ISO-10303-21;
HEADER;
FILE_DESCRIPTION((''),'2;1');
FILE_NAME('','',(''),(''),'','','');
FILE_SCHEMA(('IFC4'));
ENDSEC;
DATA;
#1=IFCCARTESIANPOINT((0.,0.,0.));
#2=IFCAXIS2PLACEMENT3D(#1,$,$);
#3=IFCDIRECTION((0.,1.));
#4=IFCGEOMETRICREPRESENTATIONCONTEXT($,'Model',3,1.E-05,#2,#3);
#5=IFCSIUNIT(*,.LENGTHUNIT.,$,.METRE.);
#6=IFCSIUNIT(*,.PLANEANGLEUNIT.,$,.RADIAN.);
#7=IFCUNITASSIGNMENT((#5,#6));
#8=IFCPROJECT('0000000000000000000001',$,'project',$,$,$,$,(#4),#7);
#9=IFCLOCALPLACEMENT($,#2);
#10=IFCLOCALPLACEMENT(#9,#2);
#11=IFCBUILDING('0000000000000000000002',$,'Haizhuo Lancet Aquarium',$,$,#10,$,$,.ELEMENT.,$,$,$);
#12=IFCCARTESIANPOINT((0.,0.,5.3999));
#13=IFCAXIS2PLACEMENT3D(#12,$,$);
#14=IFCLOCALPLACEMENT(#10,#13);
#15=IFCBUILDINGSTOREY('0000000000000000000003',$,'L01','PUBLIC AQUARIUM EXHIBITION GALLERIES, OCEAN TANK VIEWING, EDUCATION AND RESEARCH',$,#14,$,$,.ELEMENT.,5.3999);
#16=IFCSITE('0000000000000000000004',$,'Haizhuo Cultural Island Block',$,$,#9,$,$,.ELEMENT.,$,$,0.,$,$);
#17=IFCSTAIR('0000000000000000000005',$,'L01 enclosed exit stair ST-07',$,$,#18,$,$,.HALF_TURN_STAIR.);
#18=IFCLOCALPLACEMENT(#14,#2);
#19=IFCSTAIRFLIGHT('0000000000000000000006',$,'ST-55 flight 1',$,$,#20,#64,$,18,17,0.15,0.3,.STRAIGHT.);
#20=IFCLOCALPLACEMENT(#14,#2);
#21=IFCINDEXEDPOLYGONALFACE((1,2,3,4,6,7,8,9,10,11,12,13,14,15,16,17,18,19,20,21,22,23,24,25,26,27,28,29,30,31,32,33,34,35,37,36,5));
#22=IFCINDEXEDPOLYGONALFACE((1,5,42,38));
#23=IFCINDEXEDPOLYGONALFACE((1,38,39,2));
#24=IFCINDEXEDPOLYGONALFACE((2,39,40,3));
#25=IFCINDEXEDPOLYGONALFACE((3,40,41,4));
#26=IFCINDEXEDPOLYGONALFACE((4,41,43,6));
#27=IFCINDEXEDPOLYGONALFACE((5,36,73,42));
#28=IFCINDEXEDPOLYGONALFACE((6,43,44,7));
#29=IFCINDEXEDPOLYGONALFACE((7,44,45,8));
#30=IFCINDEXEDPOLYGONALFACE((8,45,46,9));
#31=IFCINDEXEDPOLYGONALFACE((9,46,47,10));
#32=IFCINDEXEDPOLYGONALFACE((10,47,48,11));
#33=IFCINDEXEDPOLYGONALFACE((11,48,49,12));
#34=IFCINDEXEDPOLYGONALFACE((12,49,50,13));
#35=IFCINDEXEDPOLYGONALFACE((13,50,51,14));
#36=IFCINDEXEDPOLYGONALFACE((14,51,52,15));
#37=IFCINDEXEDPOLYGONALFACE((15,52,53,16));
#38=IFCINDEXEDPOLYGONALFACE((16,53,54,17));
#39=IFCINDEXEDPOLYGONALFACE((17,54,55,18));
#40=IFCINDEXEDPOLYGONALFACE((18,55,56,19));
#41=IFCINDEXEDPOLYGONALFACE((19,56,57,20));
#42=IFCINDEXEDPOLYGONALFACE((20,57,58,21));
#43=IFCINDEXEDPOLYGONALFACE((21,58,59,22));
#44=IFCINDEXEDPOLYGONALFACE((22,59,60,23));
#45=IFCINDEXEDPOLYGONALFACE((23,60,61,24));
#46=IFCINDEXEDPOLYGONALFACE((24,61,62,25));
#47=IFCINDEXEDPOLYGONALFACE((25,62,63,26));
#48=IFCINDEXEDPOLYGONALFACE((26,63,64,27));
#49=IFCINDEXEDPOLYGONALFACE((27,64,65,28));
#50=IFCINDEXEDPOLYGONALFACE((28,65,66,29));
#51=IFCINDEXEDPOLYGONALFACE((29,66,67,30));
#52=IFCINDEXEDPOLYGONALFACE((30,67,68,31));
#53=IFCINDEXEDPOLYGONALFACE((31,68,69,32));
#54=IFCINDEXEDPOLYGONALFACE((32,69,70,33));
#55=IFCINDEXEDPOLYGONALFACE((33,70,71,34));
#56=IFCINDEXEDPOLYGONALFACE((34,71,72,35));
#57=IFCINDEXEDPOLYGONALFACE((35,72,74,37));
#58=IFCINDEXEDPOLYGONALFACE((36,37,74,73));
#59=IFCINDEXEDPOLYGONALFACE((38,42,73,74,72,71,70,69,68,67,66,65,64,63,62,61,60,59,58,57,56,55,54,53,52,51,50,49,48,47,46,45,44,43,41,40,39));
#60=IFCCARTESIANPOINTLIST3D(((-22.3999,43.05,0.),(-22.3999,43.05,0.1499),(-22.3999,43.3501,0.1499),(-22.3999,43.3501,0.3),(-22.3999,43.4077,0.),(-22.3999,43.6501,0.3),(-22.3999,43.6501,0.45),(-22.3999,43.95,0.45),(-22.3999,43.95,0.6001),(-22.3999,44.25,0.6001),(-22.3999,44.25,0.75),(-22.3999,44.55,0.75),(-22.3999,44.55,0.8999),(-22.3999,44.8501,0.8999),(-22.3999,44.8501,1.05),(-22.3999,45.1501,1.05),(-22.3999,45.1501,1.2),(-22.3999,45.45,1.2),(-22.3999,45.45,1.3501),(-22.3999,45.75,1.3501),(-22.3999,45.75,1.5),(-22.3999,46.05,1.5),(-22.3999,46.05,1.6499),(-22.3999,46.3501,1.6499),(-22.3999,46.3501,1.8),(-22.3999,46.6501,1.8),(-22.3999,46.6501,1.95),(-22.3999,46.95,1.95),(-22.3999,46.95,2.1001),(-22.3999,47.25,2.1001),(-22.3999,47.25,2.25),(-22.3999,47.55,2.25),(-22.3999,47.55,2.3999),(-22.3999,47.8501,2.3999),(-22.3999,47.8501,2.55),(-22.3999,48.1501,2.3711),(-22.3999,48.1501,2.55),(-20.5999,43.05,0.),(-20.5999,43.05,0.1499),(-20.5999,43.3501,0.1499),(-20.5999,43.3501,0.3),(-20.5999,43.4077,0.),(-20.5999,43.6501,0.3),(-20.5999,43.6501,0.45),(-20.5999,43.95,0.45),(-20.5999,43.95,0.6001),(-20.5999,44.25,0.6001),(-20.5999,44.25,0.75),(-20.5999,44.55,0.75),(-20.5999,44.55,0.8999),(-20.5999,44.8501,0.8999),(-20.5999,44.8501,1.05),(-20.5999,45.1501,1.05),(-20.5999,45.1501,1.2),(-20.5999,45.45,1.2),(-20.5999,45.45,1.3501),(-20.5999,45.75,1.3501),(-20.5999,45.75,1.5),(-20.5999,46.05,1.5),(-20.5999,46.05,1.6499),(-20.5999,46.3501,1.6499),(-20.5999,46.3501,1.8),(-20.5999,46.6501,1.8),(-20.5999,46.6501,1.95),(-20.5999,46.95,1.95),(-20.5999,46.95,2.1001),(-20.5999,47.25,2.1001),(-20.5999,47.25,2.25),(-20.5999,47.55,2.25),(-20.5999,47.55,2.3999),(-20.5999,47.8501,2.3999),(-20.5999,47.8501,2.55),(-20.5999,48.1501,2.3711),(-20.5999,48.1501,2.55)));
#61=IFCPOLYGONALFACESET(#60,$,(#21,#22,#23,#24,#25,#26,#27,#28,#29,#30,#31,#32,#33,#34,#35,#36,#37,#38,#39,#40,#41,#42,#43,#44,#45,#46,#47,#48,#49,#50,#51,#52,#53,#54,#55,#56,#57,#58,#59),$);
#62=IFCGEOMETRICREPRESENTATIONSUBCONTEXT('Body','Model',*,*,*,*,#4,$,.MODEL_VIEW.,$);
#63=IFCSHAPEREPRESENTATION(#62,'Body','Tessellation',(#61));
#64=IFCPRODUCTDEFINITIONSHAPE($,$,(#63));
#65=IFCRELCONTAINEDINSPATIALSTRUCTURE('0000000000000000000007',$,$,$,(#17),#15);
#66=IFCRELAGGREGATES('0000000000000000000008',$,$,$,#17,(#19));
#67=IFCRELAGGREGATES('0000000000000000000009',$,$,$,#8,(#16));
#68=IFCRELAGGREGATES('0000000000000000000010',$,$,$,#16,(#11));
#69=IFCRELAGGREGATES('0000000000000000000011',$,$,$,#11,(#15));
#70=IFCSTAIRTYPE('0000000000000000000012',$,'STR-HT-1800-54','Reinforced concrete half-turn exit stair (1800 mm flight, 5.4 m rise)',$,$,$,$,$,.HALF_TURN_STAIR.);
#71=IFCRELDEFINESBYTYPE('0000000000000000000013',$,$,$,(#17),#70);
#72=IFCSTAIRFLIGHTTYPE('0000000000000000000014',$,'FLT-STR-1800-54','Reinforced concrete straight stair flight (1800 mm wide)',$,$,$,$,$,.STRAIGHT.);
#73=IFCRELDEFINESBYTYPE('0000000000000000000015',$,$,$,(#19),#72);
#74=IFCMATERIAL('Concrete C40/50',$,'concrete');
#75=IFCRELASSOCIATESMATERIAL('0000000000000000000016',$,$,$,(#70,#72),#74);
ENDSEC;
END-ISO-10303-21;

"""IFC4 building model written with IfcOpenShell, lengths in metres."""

from ifc_helpers import new_model, si_unit, direction, frame, origin, place, context, subcontext, project, spatial, polyline, outline, extrude, material, type_object, element, aggregate, save


model = new_model("IFC4")

# Units and contexts
model_context = context("Model", 3, precision=1e-05, world=origin(), true_north=direction((0.0, 1.0)))
body_context = subcontext(model_context, "Body", "Model", "MODEL_VIEW")
ifc_project = project(units=[si_unit("LENGTHUNIT", "METRE"), si_unit("PLANEANGLEUNIT", "RADIAN")], contexts=[model_context])

# Site, building, storey
site_placement = place(None, origin())
site = spatial("IfcSite", under=ifc_project, at=site_placement, Name="Haizhuo Cultural Island Block", CompositionType="ELEMENT", RefElevation=0.0)
building_placement = place(site_placement, origin())
building = spatial("IfcBuilding", under=site, at=building_placement, Name="Haizhuo Lancet Aquarium", CompositionType="ELEMENT")
storey_placement = place(building_placement, frame((0.0, 0.0, 5.3999)))
storey = spatial("IfcBuildingStorey", under=building, at=storey_placement, Name="L01", Description="PUBLIC AQUARIUM EXHIBITION GALLERIES, OCEAN TANK VIEWING, EDUCATION AND RESEARCH", CompositionType="ELEMENT", Elevation=5.3999)

# Shared definitions
ifc_material_1 = material(Name="Concrete C40/50", Category="concrete")

# Stair, stair flight
stair_type = type_object("IfcStairType", Name="STR-HT-1800-54", Description="Reinforced concrete half-turn exit stair (1800 mm flight, 5.4 m rise)", PredefinedType="HALF_TURN_STAIR", material=ifc_material_1)
stair_placement = place(storey_placement, origin())
stair = element("IfcStair", 1, at=stair_placement, inside=storey, type_object=stair_type, Name="L01 enclosed exit stair ST-07", PredefinedType="HALF_TURN_STAIR")
stair_flight_type = type_object("IfcStairFlightType", Name="FLT-STR-1800-54", Description="Reinforced concrete straight stair flight (1800 mm wide)", PredefinedType="STRAIGHT", material=ifc_material_1)
stair_flight_placement = place(storey_placement, frame((-21.5, 43.05, 0.0), z_axis=(0.0, 0.0, 1.0), x_axis=(0.0, 1.0, 0.0)))
stair_flight = element("IfcStairFlight", 2, at=stair_flight_placement, type_object=stair_flight_type, Name="ST-55 flight 1", NumberOfRisers=18, NumberOfTreads=17, PredefinedType="STRAIGHT", RiserHeight=0.15, TreadLength=0.3, context=body_context, shape_type="SweptSolid", body=[
    extrude(outline(polyline([(0.0, 0.0), (0.0, 0.1499), (0.3, 0.1499), (0.3, 0.3), (0.6001, 0.3), (0.6001, 0.45), (0.8999, 0.45), (0.8999, 0.6001), (1.2, 0.6001), (1.2, 0.75), (1.5, 0.75), (1.5, 0.8999), (1.8, 0.8999), (1.8, 1.05), (2.1001, 1.05), (2.1001, 1.2), (2.3999, 1.2), (2.3999, 1.3501), (2.7, 1.3501), (2.7, 1.5), (3.0, 1.5), (3.0, 1.6499), (3.3, 1.6499), (3.3, 1.8), (3.6001, 1.8), (3.6001, 1.95), (3.8999, 1.95), (3.8999, 2.1001), (4.2, 2.1001), (4.2, 2.25), (4.5, 2.25), (4.5, 2.3999), (4.8, 2.3999), (4.8, 2.55), (5.1001, 2.55), (5.1001, 2.7), (5.1001, 2.3711), (0.3577, 0.0), (0.0, 0.0)])), frame((0.0, 0.8999, 0.0), z_axis=(0.0, -1.0, 0.0), x_axis=(1.0, 0.0, 0.0)), (0.0, 0.0, 1.0), 1.8),
])
aggregate(stair, [stair_flight])

save(model, "model.ifc")
